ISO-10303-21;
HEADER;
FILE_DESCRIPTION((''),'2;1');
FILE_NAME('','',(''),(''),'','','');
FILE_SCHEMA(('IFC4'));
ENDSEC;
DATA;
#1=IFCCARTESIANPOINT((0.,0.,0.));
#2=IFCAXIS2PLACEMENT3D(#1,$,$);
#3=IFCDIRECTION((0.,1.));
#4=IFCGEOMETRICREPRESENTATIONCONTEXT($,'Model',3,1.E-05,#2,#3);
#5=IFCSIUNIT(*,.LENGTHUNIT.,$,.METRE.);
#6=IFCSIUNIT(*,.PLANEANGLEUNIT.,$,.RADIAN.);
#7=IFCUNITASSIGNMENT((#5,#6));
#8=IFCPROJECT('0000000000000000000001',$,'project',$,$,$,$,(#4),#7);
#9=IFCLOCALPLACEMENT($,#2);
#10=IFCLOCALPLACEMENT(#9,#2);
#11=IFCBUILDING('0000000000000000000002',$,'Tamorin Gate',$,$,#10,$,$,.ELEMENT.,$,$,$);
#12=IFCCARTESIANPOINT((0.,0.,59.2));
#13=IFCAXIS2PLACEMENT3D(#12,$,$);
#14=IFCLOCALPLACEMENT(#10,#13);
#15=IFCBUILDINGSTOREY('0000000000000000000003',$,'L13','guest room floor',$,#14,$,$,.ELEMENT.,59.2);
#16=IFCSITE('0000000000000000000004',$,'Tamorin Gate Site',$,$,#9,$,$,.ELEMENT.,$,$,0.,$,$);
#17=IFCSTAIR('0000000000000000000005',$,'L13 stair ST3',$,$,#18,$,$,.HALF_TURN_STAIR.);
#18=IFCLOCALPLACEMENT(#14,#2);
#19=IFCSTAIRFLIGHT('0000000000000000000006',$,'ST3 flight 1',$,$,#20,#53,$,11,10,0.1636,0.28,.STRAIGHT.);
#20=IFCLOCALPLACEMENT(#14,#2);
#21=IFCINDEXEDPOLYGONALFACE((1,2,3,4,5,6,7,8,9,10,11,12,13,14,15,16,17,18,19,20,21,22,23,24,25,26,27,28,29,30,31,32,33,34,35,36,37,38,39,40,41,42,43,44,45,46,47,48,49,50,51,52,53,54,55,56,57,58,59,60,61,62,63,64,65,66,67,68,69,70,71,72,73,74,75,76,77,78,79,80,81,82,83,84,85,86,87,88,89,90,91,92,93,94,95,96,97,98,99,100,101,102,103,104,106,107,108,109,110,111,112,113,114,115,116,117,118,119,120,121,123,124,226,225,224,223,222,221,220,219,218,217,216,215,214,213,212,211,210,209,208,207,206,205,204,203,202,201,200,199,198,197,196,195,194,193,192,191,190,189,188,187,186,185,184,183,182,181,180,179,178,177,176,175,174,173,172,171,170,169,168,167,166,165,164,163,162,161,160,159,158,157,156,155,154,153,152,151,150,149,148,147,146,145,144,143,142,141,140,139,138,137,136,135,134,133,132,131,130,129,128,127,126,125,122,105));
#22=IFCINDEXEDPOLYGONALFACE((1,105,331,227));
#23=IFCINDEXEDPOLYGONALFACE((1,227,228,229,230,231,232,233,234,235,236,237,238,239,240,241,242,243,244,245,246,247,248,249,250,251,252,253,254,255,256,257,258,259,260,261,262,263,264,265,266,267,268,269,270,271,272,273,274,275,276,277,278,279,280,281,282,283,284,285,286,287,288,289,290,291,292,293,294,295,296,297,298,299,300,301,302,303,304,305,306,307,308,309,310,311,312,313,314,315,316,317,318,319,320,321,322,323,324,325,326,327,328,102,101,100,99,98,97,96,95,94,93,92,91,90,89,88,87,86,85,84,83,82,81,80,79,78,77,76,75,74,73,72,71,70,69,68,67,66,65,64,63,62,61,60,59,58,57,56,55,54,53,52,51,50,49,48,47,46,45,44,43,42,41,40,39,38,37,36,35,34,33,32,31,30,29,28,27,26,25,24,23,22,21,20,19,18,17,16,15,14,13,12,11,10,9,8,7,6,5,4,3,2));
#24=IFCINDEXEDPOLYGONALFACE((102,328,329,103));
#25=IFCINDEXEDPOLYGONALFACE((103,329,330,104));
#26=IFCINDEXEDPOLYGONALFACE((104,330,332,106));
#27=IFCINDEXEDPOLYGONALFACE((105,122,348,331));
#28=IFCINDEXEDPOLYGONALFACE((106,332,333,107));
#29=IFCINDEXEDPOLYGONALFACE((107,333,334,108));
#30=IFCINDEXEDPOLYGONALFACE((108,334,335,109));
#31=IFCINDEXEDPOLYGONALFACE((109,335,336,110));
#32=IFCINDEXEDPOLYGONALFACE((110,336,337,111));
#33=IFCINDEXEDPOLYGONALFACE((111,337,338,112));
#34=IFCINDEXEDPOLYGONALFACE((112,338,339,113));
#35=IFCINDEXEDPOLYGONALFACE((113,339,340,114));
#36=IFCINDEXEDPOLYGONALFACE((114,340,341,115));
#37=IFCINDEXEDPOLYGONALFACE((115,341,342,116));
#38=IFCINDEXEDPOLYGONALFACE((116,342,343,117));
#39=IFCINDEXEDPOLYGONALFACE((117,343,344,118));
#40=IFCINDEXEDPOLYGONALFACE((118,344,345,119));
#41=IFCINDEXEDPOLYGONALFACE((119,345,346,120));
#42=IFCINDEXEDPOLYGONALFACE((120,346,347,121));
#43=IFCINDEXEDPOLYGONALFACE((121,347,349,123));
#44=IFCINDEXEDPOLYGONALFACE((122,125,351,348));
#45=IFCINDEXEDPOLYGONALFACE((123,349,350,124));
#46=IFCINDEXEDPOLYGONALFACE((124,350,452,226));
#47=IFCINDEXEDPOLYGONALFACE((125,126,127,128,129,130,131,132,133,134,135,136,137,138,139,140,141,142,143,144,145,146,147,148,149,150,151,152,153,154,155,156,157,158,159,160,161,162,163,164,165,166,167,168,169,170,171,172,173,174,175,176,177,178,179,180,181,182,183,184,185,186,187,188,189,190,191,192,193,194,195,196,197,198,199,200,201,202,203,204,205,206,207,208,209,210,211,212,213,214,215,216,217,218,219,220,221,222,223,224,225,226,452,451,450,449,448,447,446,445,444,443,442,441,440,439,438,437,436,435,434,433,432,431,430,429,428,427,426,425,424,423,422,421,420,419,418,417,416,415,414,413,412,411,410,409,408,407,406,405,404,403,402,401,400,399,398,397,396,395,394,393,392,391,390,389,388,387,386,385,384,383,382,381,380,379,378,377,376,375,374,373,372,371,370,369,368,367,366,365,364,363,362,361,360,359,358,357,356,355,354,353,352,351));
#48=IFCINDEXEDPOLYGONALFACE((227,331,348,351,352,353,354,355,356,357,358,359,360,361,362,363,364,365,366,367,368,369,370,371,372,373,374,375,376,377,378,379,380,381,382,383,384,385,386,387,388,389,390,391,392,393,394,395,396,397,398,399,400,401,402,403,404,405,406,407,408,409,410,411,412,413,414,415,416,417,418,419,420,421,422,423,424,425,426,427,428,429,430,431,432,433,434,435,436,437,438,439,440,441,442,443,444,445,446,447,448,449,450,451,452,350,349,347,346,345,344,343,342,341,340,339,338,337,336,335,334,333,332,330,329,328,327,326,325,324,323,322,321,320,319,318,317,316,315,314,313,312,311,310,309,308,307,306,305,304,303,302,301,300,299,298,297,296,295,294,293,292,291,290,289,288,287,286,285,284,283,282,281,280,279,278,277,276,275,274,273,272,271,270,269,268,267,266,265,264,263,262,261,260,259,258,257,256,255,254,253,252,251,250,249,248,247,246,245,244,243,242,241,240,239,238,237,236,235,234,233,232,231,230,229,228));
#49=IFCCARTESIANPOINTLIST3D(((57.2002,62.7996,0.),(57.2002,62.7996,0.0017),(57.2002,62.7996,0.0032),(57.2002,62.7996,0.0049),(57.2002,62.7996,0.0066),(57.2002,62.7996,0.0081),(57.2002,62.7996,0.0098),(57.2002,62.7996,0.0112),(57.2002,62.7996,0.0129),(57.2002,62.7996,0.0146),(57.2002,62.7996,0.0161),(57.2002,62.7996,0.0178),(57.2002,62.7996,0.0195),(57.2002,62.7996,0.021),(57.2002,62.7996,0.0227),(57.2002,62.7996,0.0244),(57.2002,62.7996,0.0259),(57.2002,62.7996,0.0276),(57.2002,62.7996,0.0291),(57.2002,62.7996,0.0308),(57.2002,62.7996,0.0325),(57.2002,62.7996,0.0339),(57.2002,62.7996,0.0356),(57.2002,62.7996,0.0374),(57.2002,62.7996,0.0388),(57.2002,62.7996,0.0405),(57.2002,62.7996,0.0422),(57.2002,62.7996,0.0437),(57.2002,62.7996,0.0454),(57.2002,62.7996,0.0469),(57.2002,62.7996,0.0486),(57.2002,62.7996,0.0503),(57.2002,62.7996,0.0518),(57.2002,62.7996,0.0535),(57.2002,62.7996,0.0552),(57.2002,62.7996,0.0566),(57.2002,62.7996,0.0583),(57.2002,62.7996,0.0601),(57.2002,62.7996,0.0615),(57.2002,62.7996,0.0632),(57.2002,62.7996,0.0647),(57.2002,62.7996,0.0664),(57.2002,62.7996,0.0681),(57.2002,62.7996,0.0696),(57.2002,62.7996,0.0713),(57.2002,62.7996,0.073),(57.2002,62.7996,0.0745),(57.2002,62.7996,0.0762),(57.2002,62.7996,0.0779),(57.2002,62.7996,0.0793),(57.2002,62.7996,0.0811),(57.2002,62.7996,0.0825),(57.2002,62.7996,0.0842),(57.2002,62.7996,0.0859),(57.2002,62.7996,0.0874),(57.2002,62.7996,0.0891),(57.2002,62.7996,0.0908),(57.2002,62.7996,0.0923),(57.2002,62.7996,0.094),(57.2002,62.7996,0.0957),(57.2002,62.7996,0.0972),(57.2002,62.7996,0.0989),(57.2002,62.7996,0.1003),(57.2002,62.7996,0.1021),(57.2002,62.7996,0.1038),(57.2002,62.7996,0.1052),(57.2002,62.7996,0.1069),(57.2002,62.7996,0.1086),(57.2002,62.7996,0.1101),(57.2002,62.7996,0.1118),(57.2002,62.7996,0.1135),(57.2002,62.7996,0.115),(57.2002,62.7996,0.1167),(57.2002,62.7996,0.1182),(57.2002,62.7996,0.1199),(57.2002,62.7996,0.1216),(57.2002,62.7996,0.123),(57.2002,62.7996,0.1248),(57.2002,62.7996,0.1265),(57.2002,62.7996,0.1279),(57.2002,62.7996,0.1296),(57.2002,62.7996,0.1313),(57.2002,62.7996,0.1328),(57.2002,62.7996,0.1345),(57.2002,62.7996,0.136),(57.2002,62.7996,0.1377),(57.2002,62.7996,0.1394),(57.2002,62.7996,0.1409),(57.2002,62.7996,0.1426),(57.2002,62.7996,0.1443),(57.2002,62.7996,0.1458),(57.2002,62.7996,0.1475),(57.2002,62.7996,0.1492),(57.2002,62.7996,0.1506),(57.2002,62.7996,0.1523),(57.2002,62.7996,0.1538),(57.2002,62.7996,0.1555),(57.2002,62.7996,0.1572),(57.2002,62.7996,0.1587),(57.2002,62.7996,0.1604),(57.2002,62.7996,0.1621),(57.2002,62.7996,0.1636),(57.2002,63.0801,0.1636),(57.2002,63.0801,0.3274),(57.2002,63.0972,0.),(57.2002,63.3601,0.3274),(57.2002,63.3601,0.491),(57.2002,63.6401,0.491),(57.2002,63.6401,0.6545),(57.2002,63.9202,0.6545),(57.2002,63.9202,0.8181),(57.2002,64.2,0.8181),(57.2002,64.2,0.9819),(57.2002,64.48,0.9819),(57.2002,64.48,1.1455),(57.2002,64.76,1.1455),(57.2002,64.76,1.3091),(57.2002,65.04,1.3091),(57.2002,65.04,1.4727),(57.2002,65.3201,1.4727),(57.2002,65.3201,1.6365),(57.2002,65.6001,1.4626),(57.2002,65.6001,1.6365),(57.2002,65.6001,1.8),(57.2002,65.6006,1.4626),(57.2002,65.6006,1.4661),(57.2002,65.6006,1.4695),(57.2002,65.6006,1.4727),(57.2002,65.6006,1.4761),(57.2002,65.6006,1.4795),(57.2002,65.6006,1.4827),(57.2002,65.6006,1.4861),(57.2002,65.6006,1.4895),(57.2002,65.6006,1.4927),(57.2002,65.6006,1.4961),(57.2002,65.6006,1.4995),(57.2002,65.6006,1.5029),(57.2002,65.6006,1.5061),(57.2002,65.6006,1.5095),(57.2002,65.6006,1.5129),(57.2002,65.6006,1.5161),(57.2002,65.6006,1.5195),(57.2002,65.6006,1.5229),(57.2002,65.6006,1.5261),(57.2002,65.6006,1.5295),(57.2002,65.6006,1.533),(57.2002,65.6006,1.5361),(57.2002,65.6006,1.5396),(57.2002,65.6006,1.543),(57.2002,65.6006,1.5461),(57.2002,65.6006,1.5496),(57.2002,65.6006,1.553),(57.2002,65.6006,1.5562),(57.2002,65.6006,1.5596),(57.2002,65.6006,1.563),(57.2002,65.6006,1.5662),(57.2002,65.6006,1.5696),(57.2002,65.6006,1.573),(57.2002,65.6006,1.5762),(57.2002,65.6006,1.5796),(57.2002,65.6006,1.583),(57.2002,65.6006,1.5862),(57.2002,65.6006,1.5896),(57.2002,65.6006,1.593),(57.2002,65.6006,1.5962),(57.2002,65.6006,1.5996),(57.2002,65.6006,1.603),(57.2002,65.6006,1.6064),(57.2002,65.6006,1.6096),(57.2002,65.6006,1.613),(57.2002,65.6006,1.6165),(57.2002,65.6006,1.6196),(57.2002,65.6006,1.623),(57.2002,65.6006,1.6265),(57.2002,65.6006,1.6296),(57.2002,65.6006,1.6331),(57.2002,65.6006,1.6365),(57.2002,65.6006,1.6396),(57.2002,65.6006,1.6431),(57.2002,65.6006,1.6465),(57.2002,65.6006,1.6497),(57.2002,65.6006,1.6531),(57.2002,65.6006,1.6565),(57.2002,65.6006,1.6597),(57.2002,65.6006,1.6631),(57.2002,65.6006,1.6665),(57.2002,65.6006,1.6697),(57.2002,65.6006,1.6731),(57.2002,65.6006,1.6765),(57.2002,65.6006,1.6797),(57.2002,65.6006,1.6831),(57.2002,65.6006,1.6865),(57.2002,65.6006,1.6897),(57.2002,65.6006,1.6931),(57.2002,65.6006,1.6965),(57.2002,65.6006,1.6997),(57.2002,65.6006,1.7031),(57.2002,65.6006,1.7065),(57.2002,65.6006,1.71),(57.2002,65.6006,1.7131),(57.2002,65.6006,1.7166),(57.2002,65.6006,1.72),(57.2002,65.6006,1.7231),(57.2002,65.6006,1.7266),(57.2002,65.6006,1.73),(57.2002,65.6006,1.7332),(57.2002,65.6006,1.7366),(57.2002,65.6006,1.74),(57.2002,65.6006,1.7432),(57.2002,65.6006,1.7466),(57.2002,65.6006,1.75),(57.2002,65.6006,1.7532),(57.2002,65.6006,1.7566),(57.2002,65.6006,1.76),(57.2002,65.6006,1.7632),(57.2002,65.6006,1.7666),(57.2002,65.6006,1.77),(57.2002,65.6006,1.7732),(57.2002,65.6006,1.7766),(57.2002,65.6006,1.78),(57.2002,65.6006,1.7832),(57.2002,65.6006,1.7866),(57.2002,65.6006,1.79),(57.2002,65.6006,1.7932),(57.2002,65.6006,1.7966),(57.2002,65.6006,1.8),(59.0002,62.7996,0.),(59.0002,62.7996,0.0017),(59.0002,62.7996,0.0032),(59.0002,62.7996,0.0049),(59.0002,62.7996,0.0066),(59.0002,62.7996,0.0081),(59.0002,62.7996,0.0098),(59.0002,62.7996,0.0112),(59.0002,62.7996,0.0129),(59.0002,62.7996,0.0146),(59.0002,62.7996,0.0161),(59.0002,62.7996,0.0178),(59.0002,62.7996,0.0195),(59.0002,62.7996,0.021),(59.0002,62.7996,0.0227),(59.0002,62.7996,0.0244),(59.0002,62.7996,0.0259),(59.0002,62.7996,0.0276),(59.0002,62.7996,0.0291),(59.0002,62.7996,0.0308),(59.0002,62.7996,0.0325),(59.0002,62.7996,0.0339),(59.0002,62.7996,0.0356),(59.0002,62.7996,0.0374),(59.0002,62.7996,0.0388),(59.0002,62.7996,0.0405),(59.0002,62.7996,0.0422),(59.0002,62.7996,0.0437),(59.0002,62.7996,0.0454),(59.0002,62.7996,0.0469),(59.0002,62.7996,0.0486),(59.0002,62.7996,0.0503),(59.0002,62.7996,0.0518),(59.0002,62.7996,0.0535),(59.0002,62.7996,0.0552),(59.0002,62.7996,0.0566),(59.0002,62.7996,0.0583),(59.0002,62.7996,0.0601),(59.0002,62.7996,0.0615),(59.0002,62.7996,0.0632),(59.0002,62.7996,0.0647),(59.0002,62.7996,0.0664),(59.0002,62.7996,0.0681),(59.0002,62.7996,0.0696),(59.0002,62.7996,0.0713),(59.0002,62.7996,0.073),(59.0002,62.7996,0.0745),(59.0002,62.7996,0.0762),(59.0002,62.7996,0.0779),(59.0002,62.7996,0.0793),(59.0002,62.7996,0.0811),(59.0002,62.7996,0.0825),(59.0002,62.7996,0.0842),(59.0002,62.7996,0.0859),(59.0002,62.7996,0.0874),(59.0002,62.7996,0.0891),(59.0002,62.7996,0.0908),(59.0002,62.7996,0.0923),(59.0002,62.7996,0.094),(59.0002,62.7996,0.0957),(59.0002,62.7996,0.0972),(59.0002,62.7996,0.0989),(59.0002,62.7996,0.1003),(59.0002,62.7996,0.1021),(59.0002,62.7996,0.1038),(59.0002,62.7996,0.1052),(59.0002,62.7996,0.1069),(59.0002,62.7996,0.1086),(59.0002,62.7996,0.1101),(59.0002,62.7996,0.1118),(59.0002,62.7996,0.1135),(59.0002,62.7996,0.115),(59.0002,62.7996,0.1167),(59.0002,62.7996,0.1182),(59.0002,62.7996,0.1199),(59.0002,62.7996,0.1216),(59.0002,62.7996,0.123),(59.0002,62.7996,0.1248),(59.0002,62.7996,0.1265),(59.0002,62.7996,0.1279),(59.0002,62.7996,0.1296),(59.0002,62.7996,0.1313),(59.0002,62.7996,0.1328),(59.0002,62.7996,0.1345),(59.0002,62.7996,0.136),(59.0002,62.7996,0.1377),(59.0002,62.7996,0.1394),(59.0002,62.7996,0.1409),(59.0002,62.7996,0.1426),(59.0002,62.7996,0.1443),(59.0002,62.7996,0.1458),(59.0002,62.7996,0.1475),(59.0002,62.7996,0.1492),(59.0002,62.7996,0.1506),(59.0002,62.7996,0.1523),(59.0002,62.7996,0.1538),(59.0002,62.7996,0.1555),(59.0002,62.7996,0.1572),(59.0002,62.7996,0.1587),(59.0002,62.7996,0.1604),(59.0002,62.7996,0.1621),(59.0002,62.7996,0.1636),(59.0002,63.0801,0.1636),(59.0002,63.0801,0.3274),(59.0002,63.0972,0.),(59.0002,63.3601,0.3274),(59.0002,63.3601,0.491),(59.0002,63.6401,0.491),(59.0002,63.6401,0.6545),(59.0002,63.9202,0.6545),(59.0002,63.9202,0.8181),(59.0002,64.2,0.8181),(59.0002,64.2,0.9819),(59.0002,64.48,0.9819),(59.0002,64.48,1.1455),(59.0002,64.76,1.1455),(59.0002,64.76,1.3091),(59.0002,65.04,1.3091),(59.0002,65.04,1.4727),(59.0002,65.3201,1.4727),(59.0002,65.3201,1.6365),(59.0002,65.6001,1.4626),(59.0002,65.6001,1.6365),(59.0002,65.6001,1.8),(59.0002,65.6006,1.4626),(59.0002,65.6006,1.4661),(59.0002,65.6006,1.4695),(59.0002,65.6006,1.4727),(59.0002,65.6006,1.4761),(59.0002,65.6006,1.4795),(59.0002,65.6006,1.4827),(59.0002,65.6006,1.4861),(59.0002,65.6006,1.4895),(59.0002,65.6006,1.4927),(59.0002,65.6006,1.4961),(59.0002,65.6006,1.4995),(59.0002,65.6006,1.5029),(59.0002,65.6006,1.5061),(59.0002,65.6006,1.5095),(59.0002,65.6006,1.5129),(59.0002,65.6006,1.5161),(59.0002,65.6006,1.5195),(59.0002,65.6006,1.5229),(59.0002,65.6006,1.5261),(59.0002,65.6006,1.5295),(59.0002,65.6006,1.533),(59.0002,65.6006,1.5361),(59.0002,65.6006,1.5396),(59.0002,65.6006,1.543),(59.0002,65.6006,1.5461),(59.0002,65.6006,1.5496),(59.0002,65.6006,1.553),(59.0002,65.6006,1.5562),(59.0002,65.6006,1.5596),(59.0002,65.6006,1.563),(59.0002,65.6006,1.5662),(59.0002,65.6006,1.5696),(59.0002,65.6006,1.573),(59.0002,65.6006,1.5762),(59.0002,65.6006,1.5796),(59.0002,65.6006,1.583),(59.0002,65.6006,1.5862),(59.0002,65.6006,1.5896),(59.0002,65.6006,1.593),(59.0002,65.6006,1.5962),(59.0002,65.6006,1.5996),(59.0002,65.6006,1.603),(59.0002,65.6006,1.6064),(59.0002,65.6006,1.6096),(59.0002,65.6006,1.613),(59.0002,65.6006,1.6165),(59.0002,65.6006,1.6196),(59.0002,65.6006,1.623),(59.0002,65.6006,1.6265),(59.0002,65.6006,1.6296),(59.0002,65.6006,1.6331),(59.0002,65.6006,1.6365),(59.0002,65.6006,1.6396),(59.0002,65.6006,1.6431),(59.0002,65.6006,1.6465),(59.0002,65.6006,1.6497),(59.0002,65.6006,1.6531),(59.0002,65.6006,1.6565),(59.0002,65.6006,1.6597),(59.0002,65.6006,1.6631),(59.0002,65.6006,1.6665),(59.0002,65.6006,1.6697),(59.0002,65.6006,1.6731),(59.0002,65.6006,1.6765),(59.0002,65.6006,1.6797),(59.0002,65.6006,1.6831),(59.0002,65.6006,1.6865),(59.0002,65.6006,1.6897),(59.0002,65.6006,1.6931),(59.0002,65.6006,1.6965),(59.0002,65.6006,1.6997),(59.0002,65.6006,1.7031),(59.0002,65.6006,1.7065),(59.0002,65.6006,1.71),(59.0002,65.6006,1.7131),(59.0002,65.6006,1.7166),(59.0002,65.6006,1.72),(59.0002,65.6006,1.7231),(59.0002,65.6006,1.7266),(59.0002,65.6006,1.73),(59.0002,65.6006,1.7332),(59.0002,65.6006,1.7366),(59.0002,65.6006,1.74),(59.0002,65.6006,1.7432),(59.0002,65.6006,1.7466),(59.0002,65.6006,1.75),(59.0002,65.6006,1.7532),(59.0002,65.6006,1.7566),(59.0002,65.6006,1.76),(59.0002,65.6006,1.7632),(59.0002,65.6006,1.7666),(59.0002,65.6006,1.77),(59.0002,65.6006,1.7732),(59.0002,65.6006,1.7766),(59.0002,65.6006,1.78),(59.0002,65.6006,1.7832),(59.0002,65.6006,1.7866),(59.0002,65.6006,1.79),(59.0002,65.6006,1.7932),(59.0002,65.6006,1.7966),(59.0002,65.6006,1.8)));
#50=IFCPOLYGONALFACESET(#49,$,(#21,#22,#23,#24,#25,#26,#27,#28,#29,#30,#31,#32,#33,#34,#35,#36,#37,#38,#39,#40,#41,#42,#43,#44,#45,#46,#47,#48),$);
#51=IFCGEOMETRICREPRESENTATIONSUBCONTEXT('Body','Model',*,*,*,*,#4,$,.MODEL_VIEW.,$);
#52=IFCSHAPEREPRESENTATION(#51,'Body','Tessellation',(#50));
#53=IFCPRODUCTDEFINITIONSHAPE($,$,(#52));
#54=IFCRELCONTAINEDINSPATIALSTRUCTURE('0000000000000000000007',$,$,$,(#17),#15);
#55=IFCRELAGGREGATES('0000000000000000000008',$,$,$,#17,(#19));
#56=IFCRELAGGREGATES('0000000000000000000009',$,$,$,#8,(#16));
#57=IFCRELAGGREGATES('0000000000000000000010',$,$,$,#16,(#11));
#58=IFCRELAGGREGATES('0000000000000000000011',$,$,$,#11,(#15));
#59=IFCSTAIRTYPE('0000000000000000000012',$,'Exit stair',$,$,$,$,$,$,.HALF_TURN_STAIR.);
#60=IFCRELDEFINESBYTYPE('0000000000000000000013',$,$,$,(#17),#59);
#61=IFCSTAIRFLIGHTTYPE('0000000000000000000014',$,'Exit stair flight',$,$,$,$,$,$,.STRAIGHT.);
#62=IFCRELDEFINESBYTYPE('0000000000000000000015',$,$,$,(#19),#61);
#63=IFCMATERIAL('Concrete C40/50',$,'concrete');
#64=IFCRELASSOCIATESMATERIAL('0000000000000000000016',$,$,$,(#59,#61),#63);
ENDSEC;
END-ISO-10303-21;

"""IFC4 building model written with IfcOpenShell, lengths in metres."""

from ifc_helpers import new_model, si_unit, direction, frame, origin, place, context, subcontext, project, spatial, polyline, outline, extrude, material, type_object, element, aggregate, save


model = new_model("IFC4")

# Units and contexts
model_context = context("Model", 3, precision=1e-05, world=origin(), true_north=direction((0.0, 1.0)))
body_context = subcontext(model_context, "Body", "Model", "MODEL_VIEW")
ifc_project = project(units=[si_unit("LENGTHUNIT", "METRE"), si_unit("PLANEANGLEUNIT", "RADIAN")], contexts=[model_context])

# Site, building, storey
site_placement = place(None, origin())
site = spatial("IfcSite", under=ifc_project, at=site_placement, Name="Tamorin Gate Site", CompositionType="ELEMENT", RefElevation=0.0)
building_placement = place(site_placement, origin())
building = spatial("IfcBuilding", under=site, at=building_placement, Name="Tamorin Gate", CompositionType="ELEMENT")
storey_placement = place(building_placement, frame((0.0, 0.0, 59.2)))
storey = spatial("IfcBuildingStorey", under=building, at=storey_placement, Name="L13", Description="guest room floor", CompositionType="ELEMENT", Elevation=59.2)

# Shared definitions
ifc_material_1 = material(Name="Concrete C40/50", Category="concrete")

# Stair, stair flight
stair_type = type_object("IfcStairType", Name="Exit stair", PredefinedType="HALF_TURN_STAIR", material=ifc_material_1)
stair_placement = place(storey_placement, origin())
stair = element("IfcStair", 1, at=stair_placement, inside=storey, type_object=stair_type, Name="L13 stair ST3", PredefinedType="HALF_TURN_STAIR")
stair_flight_type = type_object("IfcStairFlightType", Name="Exit stair flight", PredefinedType="STRAIGHT", material=ifc_material_1)
stair_flight_1_placement = place(storey_placement, frame((58.1001, 62.8, 0.0), z_axis=(0.0, 0.0, 1.0), x_axis=(0.0, 1.0, 0.0)))
stair_flight_1 = element("IfcStairFlight", 2, at=stair_flight_1_placement, type_object=stair_flight_type, Name="ST3 flight 1", NumberOfRisers=11, NumberOfTreads=10, PredefinedType="STRAIGHT", RiserHeight=0.1636, TreadLength=0.28, context=body_context, shape_type="SweptSolid", body=[
    extrude(outline(polyline([(-0.0005, 0.0), (-0.0005, 0.0017), (-0.0005, 0.0032), (-0.0005, 0.0049), (-0.0005, 0.0066), (-0.0005, 0.0081), (-0.0005, 0.0098), (-0.0005, 0.0112), (-0.0005, 0.0129), (-0.0005, 0.0146), (-0.0005, 0.0161), (-0.0005, 0.0178), (-0.0005, 0.0195), (-0.0005, 0.021), (-0.0005, 0.0227), (-0.0005, 0.0244), (-0.0005, 0.0259), (-0.0005, 0.0276), (-0.0005, 0.0291), (-0.0005, 0.0308), (-0.0005, 0.0325), (-0.0005, 0.0339), (-0.0005, 0.0356), (-0.0005, 0.0374), (-0.0005, 0.0388), (-0.0005, 0.0405), (-0.0005, 0.0422), (-0.0005, 0.0437), (-0.0005, 0.0454), (-0.0005, 0.0469), (-0.0005, 0.0486), (-0.0005, 0.0503), (-0.0005, 0.0518), (-0.0005, 0.0535), (-0.0005, 0.0552), (-0.0005, 0.0566), (-0.0005, 0.0583), (-0.0005, 0.0601), (-0.0005, 0.0615), (-0.0005, 0.0632), (-0.0005, 0.0647), (-0.0005, 0.0664), (-0.0005, 0.0681), (-0.0005, 0.0696), (-0.0005, 0.0713), (-0.0005, 0.073), (-0.0005, 0.0745), (-0.0005, 0.0762), (-0.0005, 0.0779), (-0.0005, 0.0793), (-0.0005, 0.0811), (-0.0005, 0.0825), (-0.0005, 0.0842), (-0.0005, 0.0859), (-0.0005, 0.0874), (-0.0005, 0.0891), (-0.0005, 0.0908), (-0.0005, 0.0923), (-0.0005, 0.094), (-0.0005, 0.0957), (-0.0005, 0.0972), (-0.0005, 0.0989), (-0.0005, 0.1003), (-0.0005, 0.1021), (-0.0005, 0.1038), (-0.0005, 0.1052), (-0.0005, 0.1069), (-0.0005, 0.1086), (-0.0005, 0.1101), (-0.0005, 0.1118), (-0.0005, 0.1135), (-0.0005, 0.115), (-0.0005, 0.1167), (-0.0005, 0.1182), (-0.0005, 0.1199), (-0.0005, 0.1216), (-0.0005, 0.123), (-0.0005, 0.1248), (-0.0005, 0.1265), (-0.0005, 0.1279), (-0.0005, 0.1296), (-0.0005, 0.1313), (-0.0005, 0.1328), (-0.0005, 0.1345), (-0.0005, 0.136), (-0.0005, 0.1377), (-0.0005, 0.1394), (-0.0005, 0.1409), (-0.0005, 0.1426), (-0.0005, 0.1443), (-0.0005, 0.1458), (-0.0005, 0.1475), (-0.0005, 0.1492), (-0.0005, 0.1506), (-0.0005, 0.1523), (-0.0005, 0.1538), (-0.0005, 0.1555), (-0.0005, 0.1572), (-0.0005, 0.1587), (-0.0005, 0.1604), (-0.0005, 0.1621), (-0.0005, 0.1636), (0.28, 0.1636), (0.28, 0.3274), (0.5601, 0.3274), (0.5601, 0.491), (0.8401, 0.491), (0.8401, 0.6545), (1.1201, 0.6545), (1.1201, 0.8181), (1.3999, 0.8181), (1.3999, 0.9819), (1.6799, 0.9819), (1.6799, 1.1455), (1.96, 1.1455), (1.96, 1.3091), (2.24, 1.3091), (2.24, 1.4727), (2.52, 1.4727), (2.52, 1.6365), (2.8, 1.6365), (2.8, 1.8), (2.8005, 1.8), (2.8005, 1.7966), (2.8005, 1.7932), (2.8005, 1.79), (2.8005, 1.7866), (2.8005, 1.7832), (2.8005, 1.78), (2.8005, 1.7766), (2.8005, 1.7732), (2.8005, 1.77), (2.8005, 1.7666), (2.8005, 1.7632), (2.8005, 1.76), (2.8005, 1.7566), (2.8005, 1.7532), (2.8005, 1.75), (2.8005, 1.7466), (2.8005, 1.7432), (2.8005, 1.74), (2.8005, 1.7366), (2.8005, 1.7332), (2.8005, 1.73), (2.8005, 1.7266), (2.8005, 1.7231), (2.8005, 1.72), (2.8005, 1.7166), (2.8005, 1.7131), (2.8005, 1.71), (2.8005, 1.7065), (2.8005, 1.7031), (2.8005, 1.6997), (2.8005, 1.6965), (2.8005, 1.6931), (2.8005, 1.6897), (2.8005, 1.6865), (2.8005, 1.6831), (2.8005, 1.6797), (2.8005, 1.6765), (2.8005, 1.6731), (2.8005, 1.6697), (2.8005, 1.6665), (2.8005, 1.6631), (2.8005, 1.6597), (2.8005, 1.6565), (2.8005, 1.6531), (2.8005, 1.6497), (2.8005, 1.6465), (2.8005, 1.6431), (2.8005, 1.6396), (2.8005, 1.6365), (2.8005, 1.6331), (2.8005, 1.6296), (2.8005, 1.6265), (2.8005, 1.623), (2.8005, 1.6196), (2.8005, 1.6165), (2.8005, 1.613), (2.8005, 1.6096), (2.8005, 1.6064), (2.8005, 1.603), (2.8005, 1.5996), (2.8005, 1.5962), (2.8005, 1.593), (2.8005, 1.5896), (2.8005, 1.5862), (2.8005, 1.583), (2.8005, 1.5796), (2.8005, 1.5762), (2.8005, 1.573), (2.8005, 1.5696), (2.8005, 1.5662), (2.8005, 1.563), (2.8005, 1.5596), (2.8005, 1.5562), (2.8005, 1.553), (2.8005, 1.5496), (2.8005, 1.5461), (2.8005, 1.543), (2.8005, 1.5396), (2.8005, 1.5361), (2.8005, 1.533), (2.8005, 1.5295), (2.8005, 1.5261), (2.8005, 1.5229), (2.8005, 1.5195), (2.8005, 1.5161), (2.8005, 1.5129), (2.8005, 1.5095), (2.8005, 1.5061), (2.8005, 1.5029), (2.8005, 1.4995), (2.8005, 1.4961), (2.8005, 1.4927), (2.8005, 1.4895), (2.8005, 1.4861), (2.8005, 1.4827), (2.8005, 1.4795), (2.8005, 1.4761), (2.8005, 1.4727), (2.8005, 1.4695), (2.8005, 1.4661), (2.8005, 1.4626), (2.8, 1.4626), (0.2971, 0.0), (-0.0005, 0.0)])), frame((0.0, 0.8999, 0.0), z_axis=(0.0, -1.0, 0.0), x_axis=(1.0, 0.0, 0.0)), (0.0, 0.0, 1.0), 1.8),
])
aggregate(stair, [stair_flight_1])

save(model, "model.ifc")
